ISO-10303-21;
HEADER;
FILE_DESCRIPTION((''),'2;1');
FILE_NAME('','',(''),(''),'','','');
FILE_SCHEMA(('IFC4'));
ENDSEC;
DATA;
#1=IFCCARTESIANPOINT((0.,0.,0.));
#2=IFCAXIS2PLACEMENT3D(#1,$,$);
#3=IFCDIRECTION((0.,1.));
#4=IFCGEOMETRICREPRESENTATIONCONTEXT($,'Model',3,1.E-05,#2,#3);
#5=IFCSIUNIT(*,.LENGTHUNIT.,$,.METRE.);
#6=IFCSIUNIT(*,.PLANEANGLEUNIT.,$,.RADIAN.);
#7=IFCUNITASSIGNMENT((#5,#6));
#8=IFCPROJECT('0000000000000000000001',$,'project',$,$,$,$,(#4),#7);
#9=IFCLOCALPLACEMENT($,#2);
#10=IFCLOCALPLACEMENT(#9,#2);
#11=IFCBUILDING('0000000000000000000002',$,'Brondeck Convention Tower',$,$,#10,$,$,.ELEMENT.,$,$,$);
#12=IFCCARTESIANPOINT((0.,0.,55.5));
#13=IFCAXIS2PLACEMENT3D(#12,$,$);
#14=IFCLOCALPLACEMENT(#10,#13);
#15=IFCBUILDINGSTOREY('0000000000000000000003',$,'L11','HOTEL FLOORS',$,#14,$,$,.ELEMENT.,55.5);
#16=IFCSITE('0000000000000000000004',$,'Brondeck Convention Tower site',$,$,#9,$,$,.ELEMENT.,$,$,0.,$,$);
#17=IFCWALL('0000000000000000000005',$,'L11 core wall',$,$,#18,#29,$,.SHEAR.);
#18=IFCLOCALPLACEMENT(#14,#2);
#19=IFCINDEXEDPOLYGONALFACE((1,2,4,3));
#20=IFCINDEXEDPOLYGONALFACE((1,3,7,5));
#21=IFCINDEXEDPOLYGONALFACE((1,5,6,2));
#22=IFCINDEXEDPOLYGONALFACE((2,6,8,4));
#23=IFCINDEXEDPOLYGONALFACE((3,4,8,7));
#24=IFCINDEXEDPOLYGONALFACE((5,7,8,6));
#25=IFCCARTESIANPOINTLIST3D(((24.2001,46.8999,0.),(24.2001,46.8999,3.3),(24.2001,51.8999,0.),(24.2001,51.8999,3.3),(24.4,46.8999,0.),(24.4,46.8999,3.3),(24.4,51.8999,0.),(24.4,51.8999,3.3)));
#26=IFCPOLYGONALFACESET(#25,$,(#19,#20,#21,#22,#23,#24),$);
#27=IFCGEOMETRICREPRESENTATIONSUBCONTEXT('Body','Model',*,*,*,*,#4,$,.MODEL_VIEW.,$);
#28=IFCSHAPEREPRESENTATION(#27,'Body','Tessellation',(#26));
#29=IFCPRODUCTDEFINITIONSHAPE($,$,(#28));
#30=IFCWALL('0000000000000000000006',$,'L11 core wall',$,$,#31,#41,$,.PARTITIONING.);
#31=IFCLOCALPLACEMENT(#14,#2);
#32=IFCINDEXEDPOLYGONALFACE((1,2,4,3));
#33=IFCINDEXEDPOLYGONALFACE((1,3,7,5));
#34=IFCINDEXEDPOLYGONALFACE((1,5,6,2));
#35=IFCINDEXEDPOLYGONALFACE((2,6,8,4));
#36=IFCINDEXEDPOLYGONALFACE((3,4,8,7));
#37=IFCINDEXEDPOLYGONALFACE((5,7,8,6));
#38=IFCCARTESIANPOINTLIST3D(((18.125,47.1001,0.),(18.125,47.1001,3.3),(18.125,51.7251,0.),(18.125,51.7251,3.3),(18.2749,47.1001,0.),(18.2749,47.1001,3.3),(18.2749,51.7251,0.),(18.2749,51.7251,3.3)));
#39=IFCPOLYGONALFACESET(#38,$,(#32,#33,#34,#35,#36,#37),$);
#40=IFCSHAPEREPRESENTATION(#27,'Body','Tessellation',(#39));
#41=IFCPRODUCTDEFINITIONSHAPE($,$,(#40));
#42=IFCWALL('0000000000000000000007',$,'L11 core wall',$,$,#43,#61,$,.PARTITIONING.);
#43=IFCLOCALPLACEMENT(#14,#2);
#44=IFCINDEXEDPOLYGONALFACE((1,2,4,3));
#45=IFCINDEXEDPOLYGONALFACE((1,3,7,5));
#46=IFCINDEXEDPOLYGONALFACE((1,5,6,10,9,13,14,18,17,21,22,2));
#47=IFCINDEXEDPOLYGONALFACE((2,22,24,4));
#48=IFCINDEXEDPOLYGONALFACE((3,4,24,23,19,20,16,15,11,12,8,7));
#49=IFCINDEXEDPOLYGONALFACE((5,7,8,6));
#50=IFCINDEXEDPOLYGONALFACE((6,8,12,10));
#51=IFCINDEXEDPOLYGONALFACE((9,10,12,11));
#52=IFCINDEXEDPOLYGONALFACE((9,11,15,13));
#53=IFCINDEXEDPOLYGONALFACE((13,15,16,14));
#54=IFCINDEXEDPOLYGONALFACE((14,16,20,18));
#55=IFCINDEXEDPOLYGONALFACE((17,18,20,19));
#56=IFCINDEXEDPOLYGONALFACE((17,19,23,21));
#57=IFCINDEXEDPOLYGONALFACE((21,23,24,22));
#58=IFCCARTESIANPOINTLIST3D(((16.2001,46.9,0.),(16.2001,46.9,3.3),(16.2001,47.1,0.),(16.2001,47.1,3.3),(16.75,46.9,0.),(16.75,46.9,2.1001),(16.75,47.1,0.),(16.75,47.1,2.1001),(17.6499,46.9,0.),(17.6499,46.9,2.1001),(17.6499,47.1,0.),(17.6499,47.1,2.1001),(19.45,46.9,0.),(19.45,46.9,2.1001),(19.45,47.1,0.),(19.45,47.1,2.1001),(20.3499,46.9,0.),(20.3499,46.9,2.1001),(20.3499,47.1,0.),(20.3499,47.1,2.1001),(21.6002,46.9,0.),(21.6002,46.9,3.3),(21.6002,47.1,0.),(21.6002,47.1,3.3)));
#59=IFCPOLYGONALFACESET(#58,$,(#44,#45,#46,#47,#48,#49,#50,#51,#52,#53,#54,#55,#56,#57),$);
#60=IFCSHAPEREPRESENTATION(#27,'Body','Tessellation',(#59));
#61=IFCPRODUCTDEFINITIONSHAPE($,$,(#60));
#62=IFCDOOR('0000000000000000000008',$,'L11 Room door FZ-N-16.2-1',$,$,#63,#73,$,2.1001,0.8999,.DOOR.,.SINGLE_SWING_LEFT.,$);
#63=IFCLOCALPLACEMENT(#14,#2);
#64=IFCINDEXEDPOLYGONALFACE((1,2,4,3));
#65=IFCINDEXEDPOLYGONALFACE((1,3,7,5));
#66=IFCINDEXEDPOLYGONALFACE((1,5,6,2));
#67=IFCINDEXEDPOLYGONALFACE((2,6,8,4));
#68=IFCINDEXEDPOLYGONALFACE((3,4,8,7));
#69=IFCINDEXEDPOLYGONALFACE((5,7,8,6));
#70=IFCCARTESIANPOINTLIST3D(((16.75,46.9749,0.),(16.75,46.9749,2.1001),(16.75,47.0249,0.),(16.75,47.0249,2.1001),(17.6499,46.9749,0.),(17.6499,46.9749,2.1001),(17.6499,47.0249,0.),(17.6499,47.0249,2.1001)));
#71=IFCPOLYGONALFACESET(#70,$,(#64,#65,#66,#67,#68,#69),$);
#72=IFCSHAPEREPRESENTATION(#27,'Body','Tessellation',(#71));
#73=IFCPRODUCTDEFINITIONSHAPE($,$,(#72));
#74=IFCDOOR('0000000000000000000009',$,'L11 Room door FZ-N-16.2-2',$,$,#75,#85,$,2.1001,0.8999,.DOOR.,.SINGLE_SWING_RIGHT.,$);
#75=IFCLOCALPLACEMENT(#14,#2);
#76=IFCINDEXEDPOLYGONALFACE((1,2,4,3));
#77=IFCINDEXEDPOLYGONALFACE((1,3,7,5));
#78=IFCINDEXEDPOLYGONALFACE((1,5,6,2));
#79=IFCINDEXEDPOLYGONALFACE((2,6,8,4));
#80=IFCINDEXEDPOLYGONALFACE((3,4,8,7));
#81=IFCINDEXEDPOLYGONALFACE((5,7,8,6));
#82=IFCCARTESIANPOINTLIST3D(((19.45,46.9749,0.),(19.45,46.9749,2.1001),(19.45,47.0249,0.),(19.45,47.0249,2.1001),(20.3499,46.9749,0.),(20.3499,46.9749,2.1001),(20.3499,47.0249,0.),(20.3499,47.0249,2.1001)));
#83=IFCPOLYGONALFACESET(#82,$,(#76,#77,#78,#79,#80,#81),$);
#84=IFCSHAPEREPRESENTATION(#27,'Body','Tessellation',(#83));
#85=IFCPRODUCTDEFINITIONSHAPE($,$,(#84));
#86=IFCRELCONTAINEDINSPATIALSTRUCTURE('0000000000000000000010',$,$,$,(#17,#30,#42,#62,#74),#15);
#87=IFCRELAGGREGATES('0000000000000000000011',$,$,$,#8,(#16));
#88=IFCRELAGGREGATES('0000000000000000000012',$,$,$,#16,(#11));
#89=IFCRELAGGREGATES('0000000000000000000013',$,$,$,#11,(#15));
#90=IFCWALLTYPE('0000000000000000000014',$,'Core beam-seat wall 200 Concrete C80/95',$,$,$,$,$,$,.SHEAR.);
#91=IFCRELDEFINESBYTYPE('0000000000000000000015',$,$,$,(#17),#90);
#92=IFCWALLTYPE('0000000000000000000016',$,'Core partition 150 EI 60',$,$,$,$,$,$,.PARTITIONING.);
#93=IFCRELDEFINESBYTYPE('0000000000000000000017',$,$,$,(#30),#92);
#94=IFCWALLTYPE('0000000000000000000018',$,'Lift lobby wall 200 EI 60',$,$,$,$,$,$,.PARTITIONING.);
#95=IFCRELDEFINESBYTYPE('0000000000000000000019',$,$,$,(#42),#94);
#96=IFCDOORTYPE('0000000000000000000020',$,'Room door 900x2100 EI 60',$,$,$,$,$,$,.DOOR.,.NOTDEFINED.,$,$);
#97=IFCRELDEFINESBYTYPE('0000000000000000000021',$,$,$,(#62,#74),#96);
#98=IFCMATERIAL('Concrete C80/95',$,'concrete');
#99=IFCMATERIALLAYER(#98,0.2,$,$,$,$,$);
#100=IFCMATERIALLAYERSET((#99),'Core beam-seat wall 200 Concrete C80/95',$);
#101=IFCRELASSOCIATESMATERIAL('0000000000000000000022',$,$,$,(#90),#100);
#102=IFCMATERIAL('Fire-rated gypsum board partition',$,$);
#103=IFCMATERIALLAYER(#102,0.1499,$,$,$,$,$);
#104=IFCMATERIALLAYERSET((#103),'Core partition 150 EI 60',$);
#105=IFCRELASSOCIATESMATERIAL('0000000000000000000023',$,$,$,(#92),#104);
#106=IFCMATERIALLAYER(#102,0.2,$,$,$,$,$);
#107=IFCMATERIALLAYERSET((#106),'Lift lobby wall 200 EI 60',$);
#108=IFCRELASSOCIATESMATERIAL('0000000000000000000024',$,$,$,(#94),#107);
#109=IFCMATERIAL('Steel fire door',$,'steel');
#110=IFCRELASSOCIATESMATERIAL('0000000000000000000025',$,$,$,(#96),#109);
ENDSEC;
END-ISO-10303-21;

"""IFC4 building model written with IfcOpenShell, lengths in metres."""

from ifc_helpers import new_model, si_unit, direction, frame, frame_2d, origin, place, context, subcontext, project, spatial, rectangle, extrude, material, layer, layer_set, type_object, element, fill, save


model = new_model("IFC4")

# Units and contexts
model_context = context("Model", 3, precision=1e-05, world=origin(), true_north=direction((0.0, 1.0)))
body_context = subcontext(model_context, "Body", "Model", "MODEL_VIEW")
ifc_project = project(units=[si_unit("LENGTHUNIT", "METRE"), si_unit("PLANEANGLEUNIT", "RADIAN")], contexts=[model_context])

# Site, building, storey
site_placement = place(None, origin())
site = spatial("IfcSite", under=ifc_project, at=site_placement, Name="Brondeck Convention Tower site", CompositionType="ELEMENT", RefElevation=0.0)
building_placement = place(site_placement, origin())
building = spatial("IfcBuilding", under=site, at=building_placement, Name="Brondeck Convention Tower", CompositionType="ELEMENT")
storey_placement = place(building_placement, frame((0.0, 0.0, 55.5)))
storey = spatial("IfcBuildingStorey", under=building, at=storey_placement, Name="L11", Description="HOTEL FLOORS", CompositionType="ELEMENT", Elevation=55.5)

# Walls
ifc_material_1 = material(Name="Concrete C80/95", Category="concrete")
ifc_layer_1 = layer(ifc_material_1, 0.2)
ifc_layer_set_1 = layer_set([ifc_layer_1], Name="Core beam-seat wall 200 Concrete C80/95")
wall_type_1 = type_object("IfcWallType", Name="Core beam-seat wall 200 Concrete C80/95", PredefinedType="SHEAR", material=ifc_layer_set_1)
wall_1_placement = place(storey_placement, frame((24.3, 46.8999, 0.0), z_axis=(0.0, 0.0, 1.0), x_axis=(0.0, 1.0, 0.0)))
element("IfcWall", 1, at=wall_1_placement, inside=storey, type_object=wall_type_1, Name="L11 core wall", PredefinedType="SHEAR", context=body_context, shape_type="SweptSolid", body=[
    extrude(rectangle(XDim=5.0, YDim=0.2, at=frame_2d((2.5, 0.0))), origin(), (0.0, 0.0, 1.0), 3.3),
])
ifc_material_2 = material(Name="Fire-rated gypsum board partition")
ifc_layer_2 = layer(ifc_material_2, 0.1499)
ifc_layer_set_2 = layer_set([ifc_layer_2], Name="Core partition 150 EI 60")
wall_type_2 = type_object("IfcWallType", Name="Core partition 150 EI 60", PredefinedType="PARTITIONING", material=ifc_layer_set_2)
wall_2_placement = place(storey_placement, frame((18.2, 47.1001, 0.0), z_axis=(0.0, 0.0, 1.0), x_axis=(0.0, 1.0, 0.0)))
element("IfcWall", 2, at=wall_2_placement, inside=storey, type_object=wall_type_2, Name="L11 core wall", PredefinedType="PARTITIONING", context=body_context, shape_type="SweptSolid", body=[
    extrude(rectangle(XDim=4.625, YDim=0.1499, at=frame_2d((2.3125, 0.0))), origin(), (0.0, 0.0, 1.0), 3.3),
])

# Wall, openings, doors
ifc_layer_3 = layer(ifc_material_2, 0.2)
ifc_layer_set_3 = layer_set([ifc_layer_3], Name="Lift lobby wall 200 EI 60")
wall_type_3 = type_object("IfcWallType", Name="Lift lobby wall 200 EI 60", PredefinedType="PARTITIONING", material=ifc_layer_set_3)
wall_3_placement = place(storey_placement, frame((16.2, 47.0, 0.0), z_axis=(0.0, 0.0, 1.0), x_axis=(1.0, 0.0, 0.0)))
wall_3 = element("IfcWall", 3, at=wall_3_placement, inside=storey, type_object=wall_type_3, Name="L11 core wall", PredefinedType="PARTITIONING", context=body_context, shape_type="SweptSolid", body=[
    extrude(rectangle(XDim=5.4001, YDim=0.2, at=frame_2d((2.7002, 0.0))), origin(), (0.0, 0.0, 1.0), 3.3),
])
opening_1_placement = place(wall_3_placement, frame((0.55, 0.0, 0.0)))
opening_1 = element("IfcOpeningElement", 4, at=opening_1_placement, cuts=wall_3, PredefinedType="OPENING", context=body_context, shape_type="SweptSolid", body=[
    extrude(rectangle(XDim=0.8999, YDim=2.1001, at=frame_2d((0.45, 1.05))), frame((0.0, 0.1099, 0.0), z_axis=(0.0, -1.0, 0.0), x_axis=(1.0, 0.0, 0.0)), (0.0, 0.0, 1.0), 0.22),
])
opening_2_placement = place(wall_3_placement, frame((3.25, 0.0, 0.0)))
opening_2 = element("IfcOpeningElement", 5, at=opening_2_placement, cuts=wall_3, PredefinedType="OPENING", context=body_context, shape_type="SweptSolid", body=[
    extrude(rectangle(XDim=0.8999, YDim=2.1001, at=frame_2d((0.45, 1.05))), frame((0.0, 0.1099, 0.0), z_axis=(0.0, -1.0, 0.0), x_axis=(1.0, 0.0, 0.0)), (0.0, 0.0, 1.0), 0.22),
])
ifc_material_3 = material(Name="Steel fire door", Category="steel")
door_type_1 = type_object("IfcDoorType", Name="Room door 900x2100 EI 60", OperationType="NOTDEFINED", PredefinedType="DOOR", material=ifc_material_3)
door_1_placement = place(opening_1_placement, origin())
door_1 = element("IfcDoor", 6, at=door_1_placement, inside=storey, type_object=door_type_1, Name="L11 Room door FZ-N-16.2-1", OperationType="SINGLE_SWING_LEFT", OverallHeight=2.1001, OverallWidth=0.8999, PredefinedType="DOOR", context=body_context, shape_type="SweptSolid", body=[
    extrude(rectangle(XDim=0.8999, YDim=2.1001, at=frame_2d((0.45, 1.05))), frame((0.0, 0.0249, 0.0), z_axis=(0.0, -1.0, 0.0), x_axis=(1.0, 0.0, 0.0)), (0.0, 0.0, 1.0), 0.05),
])
fill(opening_1, door_1)
door_2_placement = place(opening_2_placement, origin())
door_2 = element("IfcDoor", 7, at=door_2_placement, inside=storey, type_object=door_type_1, Name="L11 Room door FZ-N-16.2-2", OperationType="SINGLE_SWING_RIGHT", OverallHeight=2.1001, OverallWidth=0.8999, PredefinedType="DOOR", context=body_context, shape_type="SweptSolid", body=[
    extrude(rectangle(XDim=0.8999, YDim=2.1001, at=frame_2d((0.45, 1.05))), frame((0.0, 0.0249, 0.0), z_axis=(0.0, -1.0, 0.0), x_axis=(1.0, 0.0, 0.0)), (0.0, 0.0, 1.0), 0.05),
])
fill(opening_2, door_2)

save(model, "model.ifc")
